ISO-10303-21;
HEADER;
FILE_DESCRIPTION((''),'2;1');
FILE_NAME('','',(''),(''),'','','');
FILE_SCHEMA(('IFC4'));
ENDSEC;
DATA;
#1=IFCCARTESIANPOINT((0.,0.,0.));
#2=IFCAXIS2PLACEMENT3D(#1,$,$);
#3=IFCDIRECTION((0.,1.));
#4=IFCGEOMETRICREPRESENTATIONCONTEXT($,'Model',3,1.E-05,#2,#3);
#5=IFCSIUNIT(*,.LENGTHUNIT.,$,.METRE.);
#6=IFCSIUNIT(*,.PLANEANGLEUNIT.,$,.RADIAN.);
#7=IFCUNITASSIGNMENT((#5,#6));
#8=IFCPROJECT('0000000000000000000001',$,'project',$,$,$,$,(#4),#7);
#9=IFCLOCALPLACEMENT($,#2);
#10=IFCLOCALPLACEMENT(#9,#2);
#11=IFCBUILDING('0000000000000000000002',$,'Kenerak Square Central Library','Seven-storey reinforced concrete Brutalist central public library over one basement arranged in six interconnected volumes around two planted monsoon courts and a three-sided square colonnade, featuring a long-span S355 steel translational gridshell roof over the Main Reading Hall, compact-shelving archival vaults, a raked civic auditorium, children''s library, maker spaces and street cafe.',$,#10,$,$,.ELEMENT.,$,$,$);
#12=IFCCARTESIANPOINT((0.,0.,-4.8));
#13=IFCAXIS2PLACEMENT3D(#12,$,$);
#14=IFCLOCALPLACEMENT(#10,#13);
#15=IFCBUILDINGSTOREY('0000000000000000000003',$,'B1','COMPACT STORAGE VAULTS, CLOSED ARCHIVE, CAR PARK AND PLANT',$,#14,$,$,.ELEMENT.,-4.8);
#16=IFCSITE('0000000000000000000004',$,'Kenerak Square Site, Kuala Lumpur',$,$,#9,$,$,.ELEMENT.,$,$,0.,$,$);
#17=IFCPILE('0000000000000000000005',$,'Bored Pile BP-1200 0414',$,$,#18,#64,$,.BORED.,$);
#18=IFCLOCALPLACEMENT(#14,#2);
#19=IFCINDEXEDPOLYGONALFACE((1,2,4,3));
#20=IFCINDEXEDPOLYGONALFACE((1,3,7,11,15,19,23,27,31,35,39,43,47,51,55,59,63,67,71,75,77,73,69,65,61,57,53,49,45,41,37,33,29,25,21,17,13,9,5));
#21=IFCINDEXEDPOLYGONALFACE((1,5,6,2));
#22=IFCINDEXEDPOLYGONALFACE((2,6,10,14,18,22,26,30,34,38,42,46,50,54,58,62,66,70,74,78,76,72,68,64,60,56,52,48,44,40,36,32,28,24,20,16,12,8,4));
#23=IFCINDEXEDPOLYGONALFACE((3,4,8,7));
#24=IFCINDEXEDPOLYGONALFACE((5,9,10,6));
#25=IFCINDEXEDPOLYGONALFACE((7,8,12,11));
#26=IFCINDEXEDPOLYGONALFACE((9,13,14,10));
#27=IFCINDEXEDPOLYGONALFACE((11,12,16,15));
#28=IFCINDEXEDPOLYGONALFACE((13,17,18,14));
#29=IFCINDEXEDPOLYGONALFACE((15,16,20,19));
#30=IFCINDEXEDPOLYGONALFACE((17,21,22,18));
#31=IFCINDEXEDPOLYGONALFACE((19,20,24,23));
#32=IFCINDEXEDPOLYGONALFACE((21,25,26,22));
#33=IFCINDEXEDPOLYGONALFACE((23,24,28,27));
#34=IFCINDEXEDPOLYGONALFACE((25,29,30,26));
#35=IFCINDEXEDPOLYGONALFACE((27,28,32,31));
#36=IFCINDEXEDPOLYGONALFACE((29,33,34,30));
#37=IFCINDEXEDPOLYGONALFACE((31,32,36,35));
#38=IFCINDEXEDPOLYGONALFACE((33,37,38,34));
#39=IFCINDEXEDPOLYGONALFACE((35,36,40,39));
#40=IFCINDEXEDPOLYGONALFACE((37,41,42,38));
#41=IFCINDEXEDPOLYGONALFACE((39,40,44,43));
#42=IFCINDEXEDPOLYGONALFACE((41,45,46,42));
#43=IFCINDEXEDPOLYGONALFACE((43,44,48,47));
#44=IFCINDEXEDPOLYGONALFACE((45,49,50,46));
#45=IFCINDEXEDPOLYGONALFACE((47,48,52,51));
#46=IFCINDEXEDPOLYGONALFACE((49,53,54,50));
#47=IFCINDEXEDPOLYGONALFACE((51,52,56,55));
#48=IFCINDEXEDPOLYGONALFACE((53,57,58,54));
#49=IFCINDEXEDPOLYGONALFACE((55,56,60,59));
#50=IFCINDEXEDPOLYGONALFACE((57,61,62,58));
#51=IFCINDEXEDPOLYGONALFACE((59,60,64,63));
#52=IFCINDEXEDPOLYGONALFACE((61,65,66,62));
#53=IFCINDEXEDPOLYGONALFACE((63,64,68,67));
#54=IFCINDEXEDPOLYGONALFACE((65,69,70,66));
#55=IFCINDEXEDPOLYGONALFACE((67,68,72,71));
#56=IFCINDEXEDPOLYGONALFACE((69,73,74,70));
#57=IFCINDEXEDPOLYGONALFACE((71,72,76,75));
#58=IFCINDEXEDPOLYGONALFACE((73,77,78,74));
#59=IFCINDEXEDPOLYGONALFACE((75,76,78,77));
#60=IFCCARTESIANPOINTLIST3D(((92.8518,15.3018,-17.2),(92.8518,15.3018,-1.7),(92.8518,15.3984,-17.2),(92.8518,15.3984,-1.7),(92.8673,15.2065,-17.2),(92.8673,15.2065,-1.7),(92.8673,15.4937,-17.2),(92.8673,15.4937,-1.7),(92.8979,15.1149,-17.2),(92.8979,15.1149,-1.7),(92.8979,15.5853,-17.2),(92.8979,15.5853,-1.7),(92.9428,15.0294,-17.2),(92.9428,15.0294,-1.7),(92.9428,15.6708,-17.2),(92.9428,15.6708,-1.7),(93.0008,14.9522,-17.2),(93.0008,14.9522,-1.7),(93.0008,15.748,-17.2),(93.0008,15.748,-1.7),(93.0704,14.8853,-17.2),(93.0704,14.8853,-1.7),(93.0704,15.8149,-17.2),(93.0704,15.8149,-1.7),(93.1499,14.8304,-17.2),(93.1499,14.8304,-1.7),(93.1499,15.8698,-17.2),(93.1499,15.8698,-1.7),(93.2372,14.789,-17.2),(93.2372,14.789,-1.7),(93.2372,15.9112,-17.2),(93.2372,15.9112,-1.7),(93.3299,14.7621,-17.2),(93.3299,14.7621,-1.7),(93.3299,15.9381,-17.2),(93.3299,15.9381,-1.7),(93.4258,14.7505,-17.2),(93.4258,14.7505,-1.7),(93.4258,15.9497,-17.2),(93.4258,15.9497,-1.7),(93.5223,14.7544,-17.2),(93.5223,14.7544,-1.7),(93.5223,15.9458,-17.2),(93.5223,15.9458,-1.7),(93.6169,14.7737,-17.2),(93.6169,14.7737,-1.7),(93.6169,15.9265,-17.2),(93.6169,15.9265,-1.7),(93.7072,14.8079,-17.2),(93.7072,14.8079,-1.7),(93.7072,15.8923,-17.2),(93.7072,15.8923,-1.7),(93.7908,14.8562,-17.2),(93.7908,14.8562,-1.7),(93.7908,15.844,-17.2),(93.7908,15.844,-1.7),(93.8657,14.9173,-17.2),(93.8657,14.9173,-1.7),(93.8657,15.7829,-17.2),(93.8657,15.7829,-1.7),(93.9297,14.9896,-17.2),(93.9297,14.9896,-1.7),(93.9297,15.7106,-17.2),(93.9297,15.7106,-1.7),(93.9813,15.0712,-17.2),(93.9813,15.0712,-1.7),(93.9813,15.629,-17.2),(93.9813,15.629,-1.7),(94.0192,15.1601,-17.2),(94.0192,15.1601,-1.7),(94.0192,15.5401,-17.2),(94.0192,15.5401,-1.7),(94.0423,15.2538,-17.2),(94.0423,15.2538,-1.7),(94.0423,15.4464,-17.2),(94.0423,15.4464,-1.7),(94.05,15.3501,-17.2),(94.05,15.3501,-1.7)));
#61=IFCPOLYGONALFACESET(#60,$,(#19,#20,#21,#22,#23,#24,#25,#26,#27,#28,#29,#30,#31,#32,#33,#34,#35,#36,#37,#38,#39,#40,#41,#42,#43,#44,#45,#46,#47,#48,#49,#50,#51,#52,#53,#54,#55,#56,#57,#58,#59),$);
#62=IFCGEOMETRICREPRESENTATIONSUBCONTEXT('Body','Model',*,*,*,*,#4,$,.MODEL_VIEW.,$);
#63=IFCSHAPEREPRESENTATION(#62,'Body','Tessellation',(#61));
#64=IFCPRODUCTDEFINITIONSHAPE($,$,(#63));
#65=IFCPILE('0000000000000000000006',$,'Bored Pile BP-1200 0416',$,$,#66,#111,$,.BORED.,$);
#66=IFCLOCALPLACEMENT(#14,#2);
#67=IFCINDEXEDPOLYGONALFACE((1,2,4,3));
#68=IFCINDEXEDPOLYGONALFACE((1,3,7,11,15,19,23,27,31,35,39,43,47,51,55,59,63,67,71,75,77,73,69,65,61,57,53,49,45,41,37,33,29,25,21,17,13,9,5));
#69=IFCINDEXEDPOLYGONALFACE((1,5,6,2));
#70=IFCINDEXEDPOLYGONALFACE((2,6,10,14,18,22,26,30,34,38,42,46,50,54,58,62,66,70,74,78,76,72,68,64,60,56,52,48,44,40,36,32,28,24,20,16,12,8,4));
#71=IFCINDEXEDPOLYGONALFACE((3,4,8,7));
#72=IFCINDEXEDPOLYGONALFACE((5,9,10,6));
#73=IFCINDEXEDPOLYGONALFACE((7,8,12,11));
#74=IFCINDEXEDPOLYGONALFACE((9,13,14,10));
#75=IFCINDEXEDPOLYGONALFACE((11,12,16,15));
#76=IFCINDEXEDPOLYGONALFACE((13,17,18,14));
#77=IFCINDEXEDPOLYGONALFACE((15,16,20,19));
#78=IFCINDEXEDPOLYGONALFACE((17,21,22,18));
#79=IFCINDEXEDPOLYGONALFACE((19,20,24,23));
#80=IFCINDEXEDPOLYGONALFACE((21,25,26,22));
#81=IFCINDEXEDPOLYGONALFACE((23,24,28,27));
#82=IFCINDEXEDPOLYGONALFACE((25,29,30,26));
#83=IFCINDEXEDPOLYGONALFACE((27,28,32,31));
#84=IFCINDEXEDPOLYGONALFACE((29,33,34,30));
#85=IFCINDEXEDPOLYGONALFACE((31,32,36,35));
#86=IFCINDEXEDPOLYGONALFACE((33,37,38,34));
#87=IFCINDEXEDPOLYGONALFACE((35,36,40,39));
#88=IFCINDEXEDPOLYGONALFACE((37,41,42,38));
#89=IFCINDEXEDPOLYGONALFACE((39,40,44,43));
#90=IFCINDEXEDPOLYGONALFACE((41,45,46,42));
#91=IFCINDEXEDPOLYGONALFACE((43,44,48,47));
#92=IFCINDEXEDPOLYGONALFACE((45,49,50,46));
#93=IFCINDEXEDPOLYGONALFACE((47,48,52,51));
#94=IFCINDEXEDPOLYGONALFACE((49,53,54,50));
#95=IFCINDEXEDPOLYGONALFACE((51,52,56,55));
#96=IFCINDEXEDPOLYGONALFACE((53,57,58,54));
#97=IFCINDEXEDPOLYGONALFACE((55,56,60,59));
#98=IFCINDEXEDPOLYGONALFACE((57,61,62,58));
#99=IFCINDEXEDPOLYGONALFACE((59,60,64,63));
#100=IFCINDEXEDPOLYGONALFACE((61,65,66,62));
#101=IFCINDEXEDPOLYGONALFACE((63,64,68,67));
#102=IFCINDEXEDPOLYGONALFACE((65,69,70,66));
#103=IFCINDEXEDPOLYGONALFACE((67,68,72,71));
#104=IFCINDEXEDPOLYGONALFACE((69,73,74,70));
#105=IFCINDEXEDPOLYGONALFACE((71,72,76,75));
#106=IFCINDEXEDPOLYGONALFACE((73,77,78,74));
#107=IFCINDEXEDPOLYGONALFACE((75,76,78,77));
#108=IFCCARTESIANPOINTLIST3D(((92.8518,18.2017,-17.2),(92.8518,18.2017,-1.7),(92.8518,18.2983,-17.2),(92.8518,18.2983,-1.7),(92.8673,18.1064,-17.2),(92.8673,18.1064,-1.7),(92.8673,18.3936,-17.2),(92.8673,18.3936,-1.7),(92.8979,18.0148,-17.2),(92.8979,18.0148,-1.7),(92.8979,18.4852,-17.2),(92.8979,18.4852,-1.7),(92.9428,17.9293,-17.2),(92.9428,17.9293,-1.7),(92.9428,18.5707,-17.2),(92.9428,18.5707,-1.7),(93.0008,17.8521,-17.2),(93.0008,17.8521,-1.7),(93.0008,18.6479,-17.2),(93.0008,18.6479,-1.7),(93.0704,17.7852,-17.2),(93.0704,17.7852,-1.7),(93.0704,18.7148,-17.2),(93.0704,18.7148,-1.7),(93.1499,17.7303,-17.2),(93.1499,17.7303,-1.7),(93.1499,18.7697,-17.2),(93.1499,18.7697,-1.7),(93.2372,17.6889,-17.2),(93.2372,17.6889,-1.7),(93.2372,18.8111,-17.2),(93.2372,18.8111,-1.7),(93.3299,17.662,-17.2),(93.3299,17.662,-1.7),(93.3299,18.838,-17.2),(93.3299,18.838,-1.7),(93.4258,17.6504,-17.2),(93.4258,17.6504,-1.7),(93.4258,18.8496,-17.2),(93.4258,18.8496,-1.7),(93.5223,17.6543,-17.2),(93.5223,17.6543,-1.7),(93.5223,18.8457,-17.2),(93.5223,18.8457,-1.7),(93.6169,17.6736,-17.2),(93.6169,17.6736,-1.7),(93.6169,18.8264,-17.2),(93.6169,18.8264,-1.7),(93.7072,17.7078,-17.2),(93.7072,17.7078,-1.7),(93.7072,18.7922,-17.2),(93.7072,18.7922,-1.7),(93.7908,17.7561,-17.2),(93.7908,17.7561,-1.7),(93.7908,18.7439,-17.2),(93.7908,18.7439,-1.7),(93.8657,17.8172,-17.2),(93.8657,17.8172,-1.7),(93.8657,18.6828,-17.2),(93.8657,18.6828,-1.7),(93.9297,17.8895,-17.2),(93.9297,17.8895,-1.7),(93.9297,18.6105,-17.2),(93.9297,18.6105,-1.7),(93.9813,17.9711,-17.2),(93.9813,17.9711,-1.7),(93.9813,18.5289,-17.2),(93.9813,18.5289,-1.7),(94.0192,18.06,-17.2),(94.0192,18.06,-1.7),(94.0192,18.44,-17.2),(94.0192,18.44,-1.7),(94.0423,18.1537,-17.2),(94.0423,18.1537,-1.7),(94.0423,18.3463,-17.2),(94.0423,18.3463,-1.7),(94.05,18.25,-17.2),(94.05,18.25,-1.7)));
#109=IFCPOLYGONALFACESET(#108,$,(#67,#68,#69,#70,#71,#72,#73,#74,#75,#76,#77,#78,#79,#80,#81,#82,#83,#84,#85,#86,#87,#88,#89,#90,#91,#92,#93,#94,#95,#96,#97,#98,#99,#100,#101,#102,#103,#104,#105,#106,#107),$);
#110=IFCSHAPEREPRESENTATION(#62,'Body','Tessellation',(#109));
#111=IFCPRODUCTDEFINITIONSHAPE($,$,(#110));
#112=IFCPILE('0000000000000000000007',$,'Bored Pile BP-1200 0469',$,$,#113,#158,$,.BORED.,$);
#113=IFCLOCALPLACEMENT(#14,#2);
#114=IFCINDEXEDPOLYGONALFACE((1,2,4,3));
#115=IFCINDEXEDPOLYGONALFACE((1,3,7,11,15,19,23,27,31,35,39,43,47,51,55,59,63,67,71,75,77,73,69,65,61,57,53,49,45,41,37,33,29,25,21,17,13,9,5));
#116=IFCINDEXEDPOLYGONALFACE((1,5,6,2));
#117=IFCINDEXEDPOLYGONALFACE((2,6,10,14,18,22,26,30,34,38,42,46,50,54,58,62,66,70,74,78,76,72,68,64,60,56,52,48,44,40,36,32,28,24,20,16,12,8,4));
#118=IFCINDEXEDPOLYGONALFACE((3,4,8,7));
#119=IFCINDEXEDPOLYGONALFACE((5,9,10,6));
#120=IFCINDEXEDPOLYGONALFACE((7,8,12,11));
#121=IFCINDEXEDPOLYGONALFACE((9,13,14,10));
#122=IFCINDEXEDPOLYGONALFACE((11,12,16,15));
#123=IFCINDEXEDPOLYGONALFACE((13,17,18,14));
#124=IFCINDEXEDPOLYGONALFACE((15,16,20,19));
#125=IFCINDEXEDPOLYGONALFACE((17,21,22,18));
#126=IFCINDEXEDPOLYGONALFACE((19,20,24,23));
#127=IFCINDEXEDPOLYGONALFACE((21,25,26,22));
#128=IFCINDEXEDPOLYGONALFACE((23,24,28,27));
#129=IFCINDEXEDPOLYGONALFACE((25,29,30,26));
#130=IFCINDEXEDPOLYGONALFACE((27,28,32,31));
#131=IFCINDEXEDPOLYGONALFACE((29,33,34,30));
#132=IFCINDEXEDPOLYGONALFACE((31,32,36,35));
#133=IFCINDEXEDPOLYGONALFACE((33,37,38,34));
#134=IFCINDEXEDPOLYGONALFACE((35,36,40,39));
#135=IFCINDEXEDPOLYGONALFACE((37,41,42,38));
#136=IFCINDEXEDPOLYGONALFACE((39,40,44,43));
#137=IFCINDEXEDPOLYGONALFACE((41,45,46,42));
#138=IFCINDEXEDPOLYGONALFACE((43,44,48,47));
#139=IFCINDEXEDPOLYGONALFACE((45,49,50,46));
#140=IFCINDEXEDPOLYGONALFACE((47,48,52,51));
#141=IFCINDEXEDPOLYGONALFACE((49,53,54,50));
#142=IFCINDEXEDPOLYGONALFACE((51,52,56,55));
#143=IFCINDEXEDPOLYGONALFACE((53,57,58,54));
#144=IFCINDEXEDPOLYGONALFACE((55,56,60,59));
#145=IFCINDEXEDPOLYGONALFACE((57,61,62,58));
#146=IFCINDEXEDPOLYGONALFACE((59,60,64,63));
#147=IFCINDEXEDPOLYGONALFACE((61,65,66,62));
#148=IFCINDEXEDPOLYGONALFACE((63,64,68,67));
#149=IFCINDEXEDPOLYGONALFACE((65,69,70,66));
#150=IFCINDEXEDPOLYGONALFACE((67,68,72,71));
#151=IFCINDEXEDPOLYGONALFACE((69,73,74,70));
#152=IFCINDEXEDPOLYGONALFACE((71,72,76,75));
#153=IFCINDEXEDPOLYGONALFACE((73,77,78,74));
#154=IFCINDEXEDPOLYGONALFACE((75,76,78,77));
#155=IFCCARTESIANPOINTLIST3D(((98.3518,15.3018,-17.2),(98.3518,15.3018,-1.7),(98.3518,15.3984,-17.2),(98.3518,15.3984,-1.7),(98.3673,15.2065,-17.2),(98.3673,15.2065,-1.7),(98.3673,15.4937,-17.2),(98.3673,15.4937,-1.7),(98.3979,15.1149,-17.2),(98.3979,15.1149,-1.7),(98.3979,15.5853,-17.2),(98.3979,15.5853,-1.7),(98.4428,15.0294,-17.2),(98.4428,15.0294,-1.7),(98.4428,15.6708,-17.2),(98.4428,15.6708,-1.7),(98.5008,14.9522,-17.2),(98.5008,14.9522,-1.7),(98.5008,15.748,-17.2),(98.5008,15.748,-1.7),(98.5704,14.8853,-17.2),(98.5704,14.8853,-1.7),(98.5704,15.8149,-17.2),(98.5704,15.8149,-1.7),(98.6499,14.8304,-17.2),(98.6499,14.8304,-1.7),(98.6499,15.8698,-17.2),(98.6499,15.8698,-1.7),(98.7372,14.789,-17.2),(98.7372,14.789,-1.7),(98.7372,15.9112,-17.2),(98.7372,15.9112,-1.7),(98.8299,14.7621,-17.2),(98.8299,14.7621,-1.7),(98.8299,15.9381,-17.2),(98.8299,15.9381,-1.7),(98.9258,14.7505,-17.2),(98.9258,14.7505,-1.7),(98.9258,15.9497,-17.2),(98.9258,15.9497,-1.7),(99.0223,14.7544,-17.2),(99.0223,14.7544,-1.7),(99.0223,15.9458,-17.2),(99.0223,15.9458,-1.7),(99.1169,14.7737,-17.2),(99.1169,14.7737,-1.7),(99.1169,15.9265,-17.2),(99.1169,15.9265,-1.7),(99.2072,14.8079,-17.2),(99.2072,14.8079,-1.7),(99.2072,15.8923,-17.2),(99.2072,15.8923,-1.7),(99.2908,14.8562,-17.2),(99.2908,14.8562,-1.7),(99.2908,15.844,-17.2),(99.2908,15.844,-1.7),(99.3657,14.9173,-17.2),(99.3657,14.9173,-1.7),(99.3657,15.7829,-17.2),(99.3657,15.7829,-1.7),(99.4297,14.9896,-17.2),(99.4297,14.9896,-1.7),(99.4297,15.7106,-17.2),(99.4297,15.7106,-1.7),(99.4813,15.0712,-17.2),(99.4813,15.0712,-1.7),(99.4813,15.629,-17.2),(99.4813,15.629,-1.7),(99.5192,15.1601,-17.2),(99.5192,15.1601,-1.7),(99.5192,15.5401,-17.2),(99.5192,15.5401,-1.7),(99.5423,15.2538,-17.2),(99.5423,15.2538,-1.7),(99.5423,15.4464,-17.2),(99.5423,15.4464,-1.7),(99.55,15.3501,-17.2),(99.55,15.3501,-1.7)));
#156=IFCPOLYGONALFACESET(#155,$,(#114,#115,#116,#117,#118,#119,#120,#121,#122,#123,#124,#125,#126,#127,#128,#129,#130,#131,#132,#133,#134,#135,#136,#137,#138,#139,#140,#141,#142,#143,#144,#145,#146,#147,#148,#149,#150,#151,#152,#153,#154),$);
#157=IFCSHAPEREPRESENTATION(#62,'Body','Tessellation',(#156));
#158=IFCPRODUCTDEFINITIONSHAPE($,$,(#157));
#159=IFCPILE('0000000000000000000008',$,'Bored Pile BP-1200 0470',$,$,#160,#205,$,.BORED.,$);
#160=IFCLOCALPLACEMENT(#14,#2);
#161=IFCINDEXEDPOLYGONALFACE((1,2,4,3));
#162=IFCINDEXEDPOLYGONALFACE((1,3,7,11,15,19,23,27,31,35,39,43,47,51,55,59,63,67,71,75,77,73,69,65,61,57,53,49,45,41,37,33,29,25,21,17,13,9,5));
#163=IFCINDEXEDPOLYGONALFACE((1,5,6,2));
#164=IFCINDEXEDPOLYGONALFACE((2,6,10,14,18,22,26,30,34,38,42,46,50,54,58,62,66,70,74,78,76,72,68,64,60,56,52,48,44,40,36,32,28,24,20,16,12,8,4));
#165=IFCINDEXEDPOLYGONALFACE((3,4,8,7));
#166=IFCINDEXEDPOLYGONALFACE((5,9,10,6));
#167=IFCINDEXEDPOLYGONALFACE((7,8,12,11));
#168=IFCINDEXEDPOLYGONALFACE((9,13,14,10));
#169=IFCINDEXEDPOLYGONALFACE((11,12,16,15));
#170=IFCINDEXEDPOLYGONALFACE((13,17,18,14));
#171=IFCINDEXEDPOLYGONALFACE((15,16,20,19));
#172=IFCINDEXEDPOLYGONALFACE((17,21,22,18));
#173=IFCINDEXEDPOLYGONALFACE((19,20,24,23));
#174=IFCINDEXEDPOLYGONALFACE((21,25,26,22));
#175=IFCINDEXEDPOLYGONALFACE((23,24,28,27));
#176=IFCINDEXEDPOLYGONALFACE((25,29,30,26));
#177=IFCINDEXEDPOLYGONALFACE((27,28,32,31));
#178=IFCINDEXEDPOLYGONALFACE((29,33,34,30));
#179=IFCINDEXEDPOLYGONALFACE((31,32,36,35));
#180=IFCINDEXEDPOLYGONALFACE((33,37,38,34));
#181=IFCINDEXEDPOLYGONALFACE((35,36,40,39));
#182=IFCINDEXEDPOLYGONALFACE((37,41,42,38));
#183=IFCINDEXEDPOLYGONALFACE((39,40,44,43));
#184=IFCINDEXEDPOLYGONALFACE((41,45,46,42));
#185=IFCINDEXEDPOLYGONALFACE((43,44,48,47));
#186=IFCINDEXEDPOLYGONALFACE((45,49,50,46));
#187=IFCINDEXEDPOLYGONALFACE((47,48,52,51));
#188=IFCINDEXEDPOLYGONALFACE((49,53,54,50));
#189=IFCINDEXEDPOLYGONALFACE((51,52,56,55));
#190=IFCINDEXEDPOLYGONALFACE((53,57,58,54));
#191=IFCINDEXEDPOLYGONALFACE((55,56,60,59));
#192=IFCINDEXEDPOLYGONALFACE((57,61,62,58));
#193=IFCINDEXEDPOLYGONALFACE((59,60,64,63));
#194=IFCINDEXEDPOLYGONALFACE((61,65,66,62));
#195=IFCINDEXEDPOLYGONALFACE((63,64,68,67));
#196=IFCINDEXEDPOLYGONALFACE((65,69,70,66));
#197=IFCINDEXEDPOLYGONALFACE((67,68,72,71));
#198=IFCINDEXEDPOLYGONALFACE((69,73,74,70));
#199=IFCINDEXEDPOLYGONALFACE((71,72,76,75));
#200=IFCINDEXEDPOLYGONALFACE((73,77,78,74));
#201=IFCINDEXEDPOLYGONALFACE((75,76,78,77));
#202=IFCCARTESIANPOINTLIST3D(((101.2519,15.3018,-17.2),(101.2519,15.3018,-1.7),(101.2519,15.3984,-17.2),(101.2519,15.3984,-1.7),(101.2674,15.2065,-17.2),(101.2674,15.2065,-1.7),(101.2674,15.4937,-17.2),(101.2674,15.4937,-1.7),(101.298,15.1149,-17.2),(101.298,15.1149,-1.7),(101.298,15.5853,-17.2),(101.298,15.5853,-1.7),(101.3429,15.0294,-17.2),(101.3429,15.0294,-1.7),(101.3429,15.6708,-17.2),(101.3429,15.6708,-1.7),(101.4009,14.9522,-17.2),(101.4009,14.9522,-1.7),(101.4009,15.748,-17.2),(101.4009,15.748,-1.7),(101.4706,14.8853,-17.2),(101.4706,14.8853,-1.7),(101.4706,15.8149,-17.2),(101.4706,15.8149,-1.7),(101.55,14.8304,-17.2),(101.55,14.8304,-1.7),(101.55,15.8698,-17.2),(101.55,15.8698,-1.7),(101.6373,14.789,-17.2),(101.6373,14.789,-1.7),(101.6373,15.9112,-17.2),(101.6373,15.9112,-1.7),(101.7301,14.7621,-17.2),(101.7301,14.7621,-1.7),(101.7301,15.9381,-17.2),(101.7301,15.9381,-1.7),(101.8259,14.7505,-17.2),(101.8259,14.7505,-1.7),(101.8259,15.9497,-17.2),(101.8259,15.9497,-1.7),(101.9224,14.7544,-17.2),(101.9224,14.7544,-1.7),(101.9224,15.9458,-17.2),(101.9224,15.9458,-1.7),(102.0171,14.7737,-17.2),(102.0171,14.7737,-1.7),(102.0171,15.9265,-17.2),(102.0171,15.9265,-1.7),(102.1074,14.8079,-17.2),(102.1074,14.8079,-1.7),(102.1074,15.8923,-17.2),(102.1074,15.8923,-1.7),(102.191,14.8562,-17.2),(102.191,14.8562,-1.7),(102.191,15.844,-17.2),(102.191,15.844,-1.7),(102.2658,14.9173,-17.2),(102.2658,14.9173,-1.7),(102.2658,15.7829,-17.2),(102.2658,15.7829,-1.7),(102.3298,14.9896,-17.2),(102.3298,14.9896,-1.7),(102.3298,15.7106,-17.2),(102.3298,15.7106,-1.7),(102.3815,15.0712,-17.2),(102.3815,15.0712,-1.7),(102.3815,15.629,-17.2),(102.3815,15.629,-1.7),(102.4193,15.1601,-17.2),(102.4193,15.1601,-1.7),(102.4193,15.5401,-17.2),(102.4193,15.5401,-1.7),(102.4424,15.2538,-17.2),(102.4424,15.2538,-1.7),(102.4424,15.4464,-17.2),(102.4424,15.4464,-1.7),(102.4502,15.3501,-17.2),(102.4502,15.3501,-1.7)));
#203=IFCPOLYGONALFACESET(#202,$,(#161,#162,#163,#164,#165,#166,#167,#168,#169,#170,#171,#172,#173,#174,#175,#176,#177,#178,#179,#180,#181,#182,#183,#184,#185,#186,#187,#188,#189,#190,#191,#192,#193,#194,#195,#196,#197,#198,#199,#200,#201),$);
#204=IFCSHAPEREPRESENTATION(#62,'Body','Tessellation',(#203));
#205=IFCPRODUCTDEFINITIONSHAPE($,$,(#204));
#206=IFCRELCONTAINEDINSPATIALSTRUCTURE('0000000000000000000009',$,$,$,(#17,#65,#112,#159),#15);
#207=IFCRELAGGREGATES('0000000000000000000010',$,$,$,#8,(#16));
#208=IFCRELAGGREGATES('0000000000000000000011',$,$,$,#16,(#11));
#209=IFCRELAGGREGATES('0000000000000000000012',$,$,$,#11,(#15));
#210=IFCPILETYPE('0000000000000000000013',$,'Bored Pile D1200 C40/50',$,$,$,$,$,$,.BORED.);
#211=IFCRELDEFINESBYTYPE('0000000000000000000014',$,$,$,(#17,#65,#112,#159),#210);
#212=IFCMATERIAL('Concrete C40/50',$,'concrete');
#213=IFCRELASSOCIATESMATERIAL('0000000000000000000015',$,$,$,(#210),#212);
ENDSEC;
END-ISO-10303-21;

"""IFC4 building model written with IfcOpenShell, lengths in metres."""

from ifc_helpers import new_model, si_unit, direction, frame, origin, origin_2d, place, context, subcontext, project, spatial, circle, extrude, material, material_profile, profile_set, type_object, element, save


model = new_model("IFC4")

# Units and contexts
model_context = context("Model", 3, precision=1e-05, world=origin(), true_north=direction((0.0, 1.0)))
body_context = subcontext(model_context, "Body", "Model", "MODEL_VIEW")
ifc_project = project(units=[si_unit("LENGTHUNIT", "METRE"), si_unit("PLANEANGLEUNIT", "RADIAN")], contexts=[model_context])

# Site, building, storey
site_placement = place(None, origin())
site = spatial("IfcSite", under=ifc_project, at=site_placement, Name="Kenerak Square Site, Kuala Lumpur", CompositionType="ELEMENT", RefElevation=0.0)
building_placement = place(site_placement, origin())
building = spatial("IfcBuilding", under=site, at=building_placement, Name="Kenerak Square Central Library", Description="Seven-storey reinforced concrete Brutalist central public library over one basement arranged in six interconnected volumes around two planted monsoon courts and a three-sided square colonnade, featuring a long-span S355 steel translational gridshell roof over the Main Reading Hall, compact-shelving archival vaults, a raked civic auditorium, children's library, maker spaces and street cafe.", CompositionType="ELEMENT")
storey_placement = place(building_placement, frame((0.0, 0.0, -4.8)))
storey = spatial("IfcBuildingStorey", under=building, at=storey_placement, Name="B1", Description="COMPACT STORAGE VAULTS, CLOSED ARCHIVE, CAR PARK AND PLANT", CompositionType="ELEMENT", Elevation=-4.8)

# Piles
ifc_material_1 = material(Name="Concrete C40/50", Category="concrete")
ifc_material_profile_1 = material_profile(ifc_material_1, circle(Radius=0.6001, at=origin_2d()), Name="BP D1200")
ifc_profile_set_1 = profile_set([ifc_material_profile_1], Name="Concrete C40/50")
pile_type_1 = type_object("IfcPileType", Name="Bored Pile D1200 C40/50", PredefinedType="BORED", material=ifc_profile_set_1)
for number, where, z_axis, x_axis, name in (
    (1, (93.45, 15.3501, -1.7), (0.0, 0.0, -1.0), (1.0, 0.0, 0.0), "Bored Pile BP-1200 0414"),
    (2, (93.45, 18.25, -1.7), (0.0, 0.0, -1.0), (1.0, 0.0, 0.0), "Bored Pile BP-1200 0416"),
    (3, (98.95, 15.3501, -1.7), (0.0, 0.0, -1.0), (1.0, 0.0, 0.0), "Bored Pile BP-1200 0469"),
    (4, (101.8501, 15.3501, -1.7), (0.0, 0.0, -1.0), (1.0, 0.0, 0.0), "Bored Pile BP-1200 0470"),
):
    element("IfcPile", number, at=place(storey_placement, frame(where, z_axis=z_axis, x_axis=x_axis)), inside=storey, type_object=pile_type_1, Name=name, PredefinedType="BORED", context=body_context, shape_type="SweptSolid", body=[
        extrude(circle(Radius=0.6001, at=origin_2d()), origin(), (0.0, 0.0, 1.0), 15.5),
    ])

save(model, "model.ifc")
